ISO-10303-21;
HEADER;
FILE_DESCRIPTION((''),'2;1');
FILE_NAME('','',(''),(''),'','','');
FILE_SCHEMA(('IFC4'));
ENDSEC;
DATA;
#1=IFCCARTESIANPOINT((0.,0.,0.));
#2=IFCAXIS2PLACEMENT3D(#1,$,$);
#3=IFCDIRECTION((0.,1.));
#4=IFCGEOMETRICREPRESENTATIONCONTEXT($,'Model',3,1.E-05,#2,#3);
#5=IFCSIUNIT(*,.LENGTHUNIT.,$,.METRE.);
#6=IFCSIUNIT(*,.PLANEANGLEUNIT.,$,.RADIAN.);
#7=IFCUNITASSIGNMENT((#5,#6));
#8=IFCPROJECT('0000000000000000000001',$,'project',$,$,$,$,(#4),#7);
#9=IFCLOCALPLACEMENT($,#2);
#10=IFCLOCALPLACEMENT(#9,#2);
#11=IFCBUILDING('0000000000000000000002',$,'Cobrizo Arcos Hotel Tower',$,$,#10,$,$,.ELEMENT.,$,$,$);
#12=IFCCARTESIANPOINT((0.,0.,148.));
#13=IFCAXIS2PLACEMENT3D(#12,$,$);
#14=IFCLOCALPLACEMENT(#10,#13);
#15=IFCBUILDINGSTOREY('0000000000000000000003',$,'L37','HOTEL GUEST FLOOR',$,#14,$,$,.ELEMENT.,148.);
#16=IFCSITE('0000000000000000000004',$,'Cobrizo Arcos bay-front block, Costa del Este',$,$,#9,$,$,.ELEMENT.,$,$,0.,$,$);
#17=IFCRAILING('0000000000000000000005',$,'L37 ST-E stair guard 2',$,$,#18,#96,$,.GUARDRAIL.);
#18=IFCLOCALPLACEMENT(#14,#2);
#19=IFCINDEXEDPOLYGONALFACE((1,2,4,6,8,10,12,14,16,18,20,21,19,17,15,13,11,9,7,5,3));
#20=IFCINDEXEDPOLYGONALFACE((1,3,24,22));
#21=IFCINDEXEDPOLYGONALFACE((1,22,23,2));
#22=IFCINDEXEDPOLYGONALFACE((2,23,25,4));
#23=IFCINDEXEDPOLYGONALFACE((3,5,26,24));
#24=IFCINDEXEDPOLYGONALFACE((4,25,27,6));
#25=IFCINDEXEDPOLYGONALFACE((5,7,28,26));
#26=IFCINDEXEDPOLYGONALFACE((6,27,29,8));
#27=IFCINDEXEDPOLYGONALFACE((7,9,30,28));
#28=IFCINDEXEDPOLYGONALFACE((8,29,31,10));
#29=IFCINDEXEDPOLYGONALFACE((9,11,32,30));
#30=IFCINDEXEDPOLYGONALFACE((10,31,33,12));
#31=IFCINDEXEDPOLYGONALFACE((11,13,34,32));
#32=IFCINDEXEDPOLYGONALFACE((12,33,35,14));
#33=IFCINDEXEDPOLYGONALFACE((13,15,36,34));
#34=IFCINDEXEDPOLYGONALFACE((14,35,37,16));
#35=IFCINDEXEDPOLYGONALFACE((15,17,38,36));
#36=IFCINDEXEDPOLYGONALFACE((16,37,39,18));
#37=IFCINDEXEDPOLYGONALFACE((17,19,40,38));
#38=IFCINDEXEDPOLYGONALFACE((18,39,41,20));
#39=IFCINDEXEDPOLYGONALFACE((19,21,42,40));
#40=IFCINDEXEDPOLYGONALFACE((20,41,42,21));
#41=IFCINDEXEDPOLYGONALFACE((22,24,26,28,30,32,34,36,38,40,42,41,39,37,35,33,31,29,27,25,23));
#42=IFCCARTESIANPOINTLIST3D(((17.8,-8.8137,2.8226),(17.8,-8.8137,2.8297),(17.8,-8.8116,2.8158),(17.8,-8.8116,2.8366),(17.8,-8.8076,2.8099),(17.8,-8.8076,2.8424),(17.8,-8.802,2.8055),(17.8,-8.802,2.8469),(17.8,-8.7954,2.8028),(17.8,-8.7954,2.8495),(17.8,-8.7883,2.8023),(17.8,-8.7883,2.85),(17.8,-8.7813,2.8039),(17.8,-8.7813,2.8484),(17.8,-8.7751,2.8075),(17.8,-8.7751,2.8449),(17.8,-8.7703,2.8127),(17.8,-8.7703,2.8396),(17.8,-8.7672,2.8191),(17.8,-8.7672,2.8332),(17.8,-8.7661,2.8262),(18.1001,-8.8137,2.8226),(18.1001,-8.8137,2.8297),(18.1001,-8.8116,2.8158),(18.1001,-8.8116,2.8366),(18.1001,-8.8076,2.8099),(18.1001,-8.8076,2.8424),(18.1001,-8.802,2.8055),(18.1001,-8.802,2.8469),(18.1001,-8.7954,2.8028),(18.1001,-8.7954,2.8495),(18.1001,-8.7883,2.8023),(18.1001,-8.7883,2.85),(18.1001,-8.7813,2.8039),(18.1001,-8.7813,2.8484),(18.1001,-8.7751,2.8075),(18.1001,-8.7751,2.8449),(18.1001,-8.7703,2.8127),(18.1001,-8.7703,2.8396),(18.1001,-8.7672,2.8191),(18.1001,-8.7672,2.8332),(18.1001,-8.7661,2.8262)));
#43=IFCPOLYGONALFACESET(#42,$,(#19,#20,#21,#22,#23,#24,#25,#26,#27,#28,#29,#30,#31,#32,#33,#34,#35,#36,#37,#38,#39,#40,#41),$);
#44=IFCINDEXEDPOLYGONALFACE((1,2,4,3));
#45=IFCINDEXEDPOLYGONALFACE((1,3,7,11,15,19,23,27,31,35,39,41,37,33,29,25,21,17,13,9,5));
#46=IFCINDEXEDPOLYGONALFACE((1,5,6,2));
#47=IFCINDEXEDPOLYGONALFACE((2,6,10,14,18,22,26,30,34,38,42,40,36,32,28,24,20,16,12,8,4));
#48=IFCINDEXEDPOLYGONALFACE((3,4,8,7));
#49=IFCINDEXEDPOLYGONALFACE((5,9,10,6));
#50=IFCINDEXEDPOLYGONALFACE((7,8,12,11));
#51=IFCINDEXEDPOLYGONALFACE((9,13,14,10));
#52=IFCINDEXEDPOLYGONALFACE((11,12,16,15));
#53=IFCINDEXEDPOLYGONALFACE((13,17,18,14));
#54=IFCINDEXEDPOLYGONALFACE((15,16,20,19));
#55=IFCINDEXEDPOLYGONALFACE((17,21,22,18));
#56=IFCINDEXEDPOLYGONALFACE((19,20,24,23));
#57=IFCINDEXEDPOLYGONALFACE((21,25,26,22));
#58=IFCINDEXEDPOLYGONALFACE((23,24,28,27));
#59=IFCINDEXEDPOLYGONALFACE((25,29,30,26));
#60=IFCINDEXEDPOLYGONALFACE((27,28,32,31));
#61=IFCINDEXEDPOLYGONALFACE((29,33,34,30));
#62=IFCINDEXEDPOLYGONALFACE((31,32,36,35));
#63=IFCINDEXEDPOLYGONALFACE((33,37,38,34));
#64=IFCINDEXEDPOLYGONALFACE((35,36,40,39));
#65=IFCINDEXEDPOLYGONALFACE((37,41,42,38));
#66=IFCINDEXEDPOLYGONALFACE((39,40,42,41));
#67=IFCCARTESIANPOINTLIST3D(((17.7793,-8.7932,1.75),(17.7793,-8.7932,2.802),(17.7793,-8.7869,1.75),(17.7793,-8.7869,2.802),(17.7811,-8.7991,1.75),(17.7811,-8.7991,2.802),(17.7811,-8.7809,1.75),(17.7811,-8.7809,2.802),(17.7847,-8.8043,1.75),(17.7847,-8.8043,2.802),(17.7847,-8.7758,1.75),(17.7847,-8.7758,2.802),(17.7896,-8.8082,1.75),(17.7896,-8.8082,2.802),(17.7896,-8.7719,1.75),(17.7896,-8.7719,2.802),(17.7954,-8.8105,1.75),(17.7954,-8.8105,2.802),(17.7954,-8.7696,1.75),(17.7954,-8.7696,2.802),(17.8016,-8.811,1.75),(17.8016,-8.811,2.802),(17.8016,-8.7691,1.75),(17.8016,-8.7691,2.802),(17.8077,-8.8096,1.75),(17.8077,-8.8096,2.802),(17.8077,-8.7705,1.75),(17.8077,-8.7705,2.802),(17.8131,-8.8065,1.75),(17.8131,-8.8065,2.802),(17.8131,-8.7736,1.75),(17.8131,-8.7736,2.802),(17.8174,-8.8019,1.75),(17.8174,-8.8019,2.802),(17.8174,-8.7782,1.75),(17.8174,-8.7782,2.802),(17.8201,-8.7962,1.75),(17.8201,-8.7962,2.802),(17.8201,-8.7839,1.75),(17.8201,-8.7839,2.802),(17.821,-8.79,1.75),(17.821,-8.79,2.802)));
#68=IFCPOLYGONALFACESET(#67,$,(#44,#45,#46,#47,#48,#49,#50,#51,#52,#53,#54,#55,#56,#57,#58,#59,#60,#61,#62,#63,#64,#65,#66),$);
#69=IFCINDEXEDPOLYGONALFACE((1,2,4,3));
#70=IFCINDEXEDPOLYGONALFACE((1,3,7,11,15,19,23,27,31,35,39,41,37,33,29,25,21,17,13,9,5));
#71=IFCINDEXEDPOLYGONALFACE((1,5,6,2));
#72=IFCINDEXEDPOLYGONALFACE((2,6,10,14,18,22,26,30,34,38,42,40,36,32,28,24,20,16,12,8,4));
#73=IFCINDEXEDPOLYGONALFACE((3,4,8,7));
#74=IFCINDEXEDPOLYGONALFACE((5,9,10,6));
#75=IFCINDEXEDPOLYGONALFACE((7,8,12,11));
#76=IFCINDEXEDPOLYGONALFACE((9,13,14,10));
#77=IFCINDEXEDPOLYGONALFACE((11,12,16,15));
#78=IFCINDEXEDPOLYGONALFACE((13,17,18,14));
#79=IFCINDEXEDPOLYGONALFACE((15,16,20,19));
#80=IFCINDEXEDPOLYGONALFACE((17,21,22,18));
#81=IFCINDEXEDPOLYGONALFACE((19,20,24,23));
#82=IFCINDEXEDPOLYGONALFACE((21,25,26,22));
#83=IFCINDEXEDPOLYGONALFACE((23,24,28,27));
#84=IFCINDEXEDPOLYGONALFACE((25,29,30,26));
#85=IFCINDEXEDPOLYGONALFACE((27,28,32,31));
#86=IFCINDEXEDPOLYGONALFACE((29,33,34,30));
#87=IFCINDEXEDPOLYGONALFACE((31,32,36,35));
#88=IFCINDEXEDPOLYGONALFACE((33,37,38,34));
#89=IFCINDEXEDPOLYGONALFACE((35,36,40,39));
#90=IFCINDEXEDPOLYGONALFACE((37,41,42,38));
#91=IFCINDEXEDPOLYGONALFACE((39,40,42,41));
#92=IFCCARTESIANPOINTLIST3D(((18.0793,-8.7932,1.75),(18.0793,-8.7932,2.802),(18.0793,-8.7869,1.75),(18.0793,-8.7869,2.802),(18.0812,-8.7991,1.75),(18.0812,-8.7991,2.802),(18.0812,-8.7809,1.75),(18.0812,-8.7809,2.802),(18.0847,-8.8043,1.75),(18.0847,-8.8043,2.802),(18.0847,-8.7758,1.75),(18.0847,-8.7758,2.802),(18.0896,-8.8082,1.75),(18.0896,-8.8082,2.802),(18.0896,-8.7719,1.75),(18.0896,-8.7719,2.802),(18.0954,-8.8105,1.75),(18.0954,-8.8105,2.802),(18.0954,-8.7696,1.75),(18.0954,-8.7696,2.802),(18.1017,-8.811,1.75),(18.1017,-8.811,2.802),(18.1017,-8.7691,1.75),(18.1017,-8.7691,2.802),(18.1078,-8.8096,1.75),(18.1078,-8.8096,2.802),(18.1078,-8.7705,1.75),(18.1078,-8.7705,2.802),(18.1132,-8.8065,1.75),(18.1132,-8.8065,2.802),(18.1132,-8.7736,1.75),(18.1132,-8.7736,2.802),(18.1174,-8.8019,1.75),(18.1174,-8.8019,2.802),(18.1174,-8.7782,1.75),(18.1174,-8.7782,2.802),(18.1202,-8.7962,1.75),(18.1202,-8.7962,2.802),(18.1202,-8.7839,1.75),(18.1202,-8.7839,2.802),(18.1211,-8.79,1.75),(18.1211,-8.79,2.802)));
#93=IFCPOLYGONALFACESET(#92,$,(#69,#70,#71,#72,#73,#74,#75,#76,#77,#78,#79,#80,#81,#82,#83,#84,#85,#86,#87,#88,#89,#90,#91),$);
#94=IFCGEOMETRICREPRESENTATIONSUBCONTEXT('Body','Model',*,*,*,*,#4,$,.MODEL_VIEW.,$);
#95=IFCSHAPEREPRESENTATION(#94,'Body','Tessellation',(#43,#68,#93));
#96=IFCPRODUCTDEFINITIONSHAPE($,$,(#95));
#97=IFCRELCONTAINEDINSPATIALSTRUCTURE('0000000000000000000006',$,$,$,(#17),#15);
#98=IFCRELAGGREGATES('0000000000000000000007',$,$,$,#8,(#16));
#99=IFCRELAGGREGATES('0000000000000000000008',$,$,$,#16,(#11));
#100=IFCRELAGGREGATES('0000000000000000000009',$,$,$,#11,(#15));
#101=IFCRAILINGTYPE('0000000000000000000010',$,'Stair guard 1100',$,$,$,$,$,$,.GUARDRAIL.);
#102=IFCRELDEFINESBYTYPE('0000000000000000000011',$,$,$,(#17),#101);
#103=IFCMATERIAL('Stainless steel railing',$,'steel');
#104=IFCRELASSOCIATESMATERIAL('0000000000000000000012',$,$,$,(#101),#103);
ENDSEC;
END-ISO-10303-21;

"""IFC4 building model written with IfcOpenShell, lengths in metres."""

from ifc_helpers import new_model, si_unit, direction, frame, origin, origin_2d, place, context, subcontext, project, spatial, circle, extrude, material, type_object, element, save


model = new_model("IFC4")

# Units and contexts
model_context = context("Model", 3, precision=1e-05, world=origin(), true_north=direction((0.0, 1.0)))
body_context = subcontext(model_context, "Body", "Model", "MODEL_VIEW")
ifc_project = project(units=[si_unit("LENGTHUNIT", "METRE"), si_unit("PLANEANGLEUNIT", "RADIAN")], contexts=[model_context])

# Site, building, storey
site_placement = place(None, origin())
site = spatial("IfcSite", under=ifc_project, at=site_placement, Name="Cobrizo Arcos bay-front block, Costa del Este", CompositionType="ELEMENT", RefElevation=0.0)
building_placement = place(site_placement, origin())
building = spatial("IfcBuilding", under=site, at=building_placement, Name="Cobrizo Arcos Hotel Tower", CompositionType="ELEMENT")
storey_placement = place(building_placement, frame((0.0, 0.0, 148.0)))
storey = spatial("IfcBuildingStorey", under=building, at=storey_placement, Name="L37", Description="HOTEL GUEST FLOOR", CompositionType="ELEMENT", Elevation=148.0)

# Railing
ifc_material_1 = material(Name="Stainless steel railing", Category="steel")
railing_type_1 = type_object("IfcRailingType", Name="Stair guard 1100", PredefinedType="GUARDRAIL", material=ifc_material_1)
railing_1_placement = place(storey_placement, frame((17.8, -8.79, 1.75)))
element("IfcRailing", 1, at=railing_1_placement, inside=storey, type_object=railing_type_1, Name="L37 ST-E stair guard 2", PredefinedType="GUARDRAIL", context=body_context, shape_type="SweptSolid", body=[
    extrude(circle(Radius=0.0239, at=origin_2d()), frame((0.0, 0.0, 1.0762), z_axis=(1.0, 0.0, 0.0), x_axis=(0.0, 1.0, 0.0)), (0.0, 0.0, 1.0), 0.3),
    extrude(circle(Radius=0.021, at=origin_2d()), origin(), (0.0, 0.0, 1.0), 1.052),
    extrude(circle(Radius=0.021, at=origin_2d()), frame((0.3, 0.0, 0.0)), (0.0, 0.0, 1.0), 1.052),
])

save(model, "model.ifc")
